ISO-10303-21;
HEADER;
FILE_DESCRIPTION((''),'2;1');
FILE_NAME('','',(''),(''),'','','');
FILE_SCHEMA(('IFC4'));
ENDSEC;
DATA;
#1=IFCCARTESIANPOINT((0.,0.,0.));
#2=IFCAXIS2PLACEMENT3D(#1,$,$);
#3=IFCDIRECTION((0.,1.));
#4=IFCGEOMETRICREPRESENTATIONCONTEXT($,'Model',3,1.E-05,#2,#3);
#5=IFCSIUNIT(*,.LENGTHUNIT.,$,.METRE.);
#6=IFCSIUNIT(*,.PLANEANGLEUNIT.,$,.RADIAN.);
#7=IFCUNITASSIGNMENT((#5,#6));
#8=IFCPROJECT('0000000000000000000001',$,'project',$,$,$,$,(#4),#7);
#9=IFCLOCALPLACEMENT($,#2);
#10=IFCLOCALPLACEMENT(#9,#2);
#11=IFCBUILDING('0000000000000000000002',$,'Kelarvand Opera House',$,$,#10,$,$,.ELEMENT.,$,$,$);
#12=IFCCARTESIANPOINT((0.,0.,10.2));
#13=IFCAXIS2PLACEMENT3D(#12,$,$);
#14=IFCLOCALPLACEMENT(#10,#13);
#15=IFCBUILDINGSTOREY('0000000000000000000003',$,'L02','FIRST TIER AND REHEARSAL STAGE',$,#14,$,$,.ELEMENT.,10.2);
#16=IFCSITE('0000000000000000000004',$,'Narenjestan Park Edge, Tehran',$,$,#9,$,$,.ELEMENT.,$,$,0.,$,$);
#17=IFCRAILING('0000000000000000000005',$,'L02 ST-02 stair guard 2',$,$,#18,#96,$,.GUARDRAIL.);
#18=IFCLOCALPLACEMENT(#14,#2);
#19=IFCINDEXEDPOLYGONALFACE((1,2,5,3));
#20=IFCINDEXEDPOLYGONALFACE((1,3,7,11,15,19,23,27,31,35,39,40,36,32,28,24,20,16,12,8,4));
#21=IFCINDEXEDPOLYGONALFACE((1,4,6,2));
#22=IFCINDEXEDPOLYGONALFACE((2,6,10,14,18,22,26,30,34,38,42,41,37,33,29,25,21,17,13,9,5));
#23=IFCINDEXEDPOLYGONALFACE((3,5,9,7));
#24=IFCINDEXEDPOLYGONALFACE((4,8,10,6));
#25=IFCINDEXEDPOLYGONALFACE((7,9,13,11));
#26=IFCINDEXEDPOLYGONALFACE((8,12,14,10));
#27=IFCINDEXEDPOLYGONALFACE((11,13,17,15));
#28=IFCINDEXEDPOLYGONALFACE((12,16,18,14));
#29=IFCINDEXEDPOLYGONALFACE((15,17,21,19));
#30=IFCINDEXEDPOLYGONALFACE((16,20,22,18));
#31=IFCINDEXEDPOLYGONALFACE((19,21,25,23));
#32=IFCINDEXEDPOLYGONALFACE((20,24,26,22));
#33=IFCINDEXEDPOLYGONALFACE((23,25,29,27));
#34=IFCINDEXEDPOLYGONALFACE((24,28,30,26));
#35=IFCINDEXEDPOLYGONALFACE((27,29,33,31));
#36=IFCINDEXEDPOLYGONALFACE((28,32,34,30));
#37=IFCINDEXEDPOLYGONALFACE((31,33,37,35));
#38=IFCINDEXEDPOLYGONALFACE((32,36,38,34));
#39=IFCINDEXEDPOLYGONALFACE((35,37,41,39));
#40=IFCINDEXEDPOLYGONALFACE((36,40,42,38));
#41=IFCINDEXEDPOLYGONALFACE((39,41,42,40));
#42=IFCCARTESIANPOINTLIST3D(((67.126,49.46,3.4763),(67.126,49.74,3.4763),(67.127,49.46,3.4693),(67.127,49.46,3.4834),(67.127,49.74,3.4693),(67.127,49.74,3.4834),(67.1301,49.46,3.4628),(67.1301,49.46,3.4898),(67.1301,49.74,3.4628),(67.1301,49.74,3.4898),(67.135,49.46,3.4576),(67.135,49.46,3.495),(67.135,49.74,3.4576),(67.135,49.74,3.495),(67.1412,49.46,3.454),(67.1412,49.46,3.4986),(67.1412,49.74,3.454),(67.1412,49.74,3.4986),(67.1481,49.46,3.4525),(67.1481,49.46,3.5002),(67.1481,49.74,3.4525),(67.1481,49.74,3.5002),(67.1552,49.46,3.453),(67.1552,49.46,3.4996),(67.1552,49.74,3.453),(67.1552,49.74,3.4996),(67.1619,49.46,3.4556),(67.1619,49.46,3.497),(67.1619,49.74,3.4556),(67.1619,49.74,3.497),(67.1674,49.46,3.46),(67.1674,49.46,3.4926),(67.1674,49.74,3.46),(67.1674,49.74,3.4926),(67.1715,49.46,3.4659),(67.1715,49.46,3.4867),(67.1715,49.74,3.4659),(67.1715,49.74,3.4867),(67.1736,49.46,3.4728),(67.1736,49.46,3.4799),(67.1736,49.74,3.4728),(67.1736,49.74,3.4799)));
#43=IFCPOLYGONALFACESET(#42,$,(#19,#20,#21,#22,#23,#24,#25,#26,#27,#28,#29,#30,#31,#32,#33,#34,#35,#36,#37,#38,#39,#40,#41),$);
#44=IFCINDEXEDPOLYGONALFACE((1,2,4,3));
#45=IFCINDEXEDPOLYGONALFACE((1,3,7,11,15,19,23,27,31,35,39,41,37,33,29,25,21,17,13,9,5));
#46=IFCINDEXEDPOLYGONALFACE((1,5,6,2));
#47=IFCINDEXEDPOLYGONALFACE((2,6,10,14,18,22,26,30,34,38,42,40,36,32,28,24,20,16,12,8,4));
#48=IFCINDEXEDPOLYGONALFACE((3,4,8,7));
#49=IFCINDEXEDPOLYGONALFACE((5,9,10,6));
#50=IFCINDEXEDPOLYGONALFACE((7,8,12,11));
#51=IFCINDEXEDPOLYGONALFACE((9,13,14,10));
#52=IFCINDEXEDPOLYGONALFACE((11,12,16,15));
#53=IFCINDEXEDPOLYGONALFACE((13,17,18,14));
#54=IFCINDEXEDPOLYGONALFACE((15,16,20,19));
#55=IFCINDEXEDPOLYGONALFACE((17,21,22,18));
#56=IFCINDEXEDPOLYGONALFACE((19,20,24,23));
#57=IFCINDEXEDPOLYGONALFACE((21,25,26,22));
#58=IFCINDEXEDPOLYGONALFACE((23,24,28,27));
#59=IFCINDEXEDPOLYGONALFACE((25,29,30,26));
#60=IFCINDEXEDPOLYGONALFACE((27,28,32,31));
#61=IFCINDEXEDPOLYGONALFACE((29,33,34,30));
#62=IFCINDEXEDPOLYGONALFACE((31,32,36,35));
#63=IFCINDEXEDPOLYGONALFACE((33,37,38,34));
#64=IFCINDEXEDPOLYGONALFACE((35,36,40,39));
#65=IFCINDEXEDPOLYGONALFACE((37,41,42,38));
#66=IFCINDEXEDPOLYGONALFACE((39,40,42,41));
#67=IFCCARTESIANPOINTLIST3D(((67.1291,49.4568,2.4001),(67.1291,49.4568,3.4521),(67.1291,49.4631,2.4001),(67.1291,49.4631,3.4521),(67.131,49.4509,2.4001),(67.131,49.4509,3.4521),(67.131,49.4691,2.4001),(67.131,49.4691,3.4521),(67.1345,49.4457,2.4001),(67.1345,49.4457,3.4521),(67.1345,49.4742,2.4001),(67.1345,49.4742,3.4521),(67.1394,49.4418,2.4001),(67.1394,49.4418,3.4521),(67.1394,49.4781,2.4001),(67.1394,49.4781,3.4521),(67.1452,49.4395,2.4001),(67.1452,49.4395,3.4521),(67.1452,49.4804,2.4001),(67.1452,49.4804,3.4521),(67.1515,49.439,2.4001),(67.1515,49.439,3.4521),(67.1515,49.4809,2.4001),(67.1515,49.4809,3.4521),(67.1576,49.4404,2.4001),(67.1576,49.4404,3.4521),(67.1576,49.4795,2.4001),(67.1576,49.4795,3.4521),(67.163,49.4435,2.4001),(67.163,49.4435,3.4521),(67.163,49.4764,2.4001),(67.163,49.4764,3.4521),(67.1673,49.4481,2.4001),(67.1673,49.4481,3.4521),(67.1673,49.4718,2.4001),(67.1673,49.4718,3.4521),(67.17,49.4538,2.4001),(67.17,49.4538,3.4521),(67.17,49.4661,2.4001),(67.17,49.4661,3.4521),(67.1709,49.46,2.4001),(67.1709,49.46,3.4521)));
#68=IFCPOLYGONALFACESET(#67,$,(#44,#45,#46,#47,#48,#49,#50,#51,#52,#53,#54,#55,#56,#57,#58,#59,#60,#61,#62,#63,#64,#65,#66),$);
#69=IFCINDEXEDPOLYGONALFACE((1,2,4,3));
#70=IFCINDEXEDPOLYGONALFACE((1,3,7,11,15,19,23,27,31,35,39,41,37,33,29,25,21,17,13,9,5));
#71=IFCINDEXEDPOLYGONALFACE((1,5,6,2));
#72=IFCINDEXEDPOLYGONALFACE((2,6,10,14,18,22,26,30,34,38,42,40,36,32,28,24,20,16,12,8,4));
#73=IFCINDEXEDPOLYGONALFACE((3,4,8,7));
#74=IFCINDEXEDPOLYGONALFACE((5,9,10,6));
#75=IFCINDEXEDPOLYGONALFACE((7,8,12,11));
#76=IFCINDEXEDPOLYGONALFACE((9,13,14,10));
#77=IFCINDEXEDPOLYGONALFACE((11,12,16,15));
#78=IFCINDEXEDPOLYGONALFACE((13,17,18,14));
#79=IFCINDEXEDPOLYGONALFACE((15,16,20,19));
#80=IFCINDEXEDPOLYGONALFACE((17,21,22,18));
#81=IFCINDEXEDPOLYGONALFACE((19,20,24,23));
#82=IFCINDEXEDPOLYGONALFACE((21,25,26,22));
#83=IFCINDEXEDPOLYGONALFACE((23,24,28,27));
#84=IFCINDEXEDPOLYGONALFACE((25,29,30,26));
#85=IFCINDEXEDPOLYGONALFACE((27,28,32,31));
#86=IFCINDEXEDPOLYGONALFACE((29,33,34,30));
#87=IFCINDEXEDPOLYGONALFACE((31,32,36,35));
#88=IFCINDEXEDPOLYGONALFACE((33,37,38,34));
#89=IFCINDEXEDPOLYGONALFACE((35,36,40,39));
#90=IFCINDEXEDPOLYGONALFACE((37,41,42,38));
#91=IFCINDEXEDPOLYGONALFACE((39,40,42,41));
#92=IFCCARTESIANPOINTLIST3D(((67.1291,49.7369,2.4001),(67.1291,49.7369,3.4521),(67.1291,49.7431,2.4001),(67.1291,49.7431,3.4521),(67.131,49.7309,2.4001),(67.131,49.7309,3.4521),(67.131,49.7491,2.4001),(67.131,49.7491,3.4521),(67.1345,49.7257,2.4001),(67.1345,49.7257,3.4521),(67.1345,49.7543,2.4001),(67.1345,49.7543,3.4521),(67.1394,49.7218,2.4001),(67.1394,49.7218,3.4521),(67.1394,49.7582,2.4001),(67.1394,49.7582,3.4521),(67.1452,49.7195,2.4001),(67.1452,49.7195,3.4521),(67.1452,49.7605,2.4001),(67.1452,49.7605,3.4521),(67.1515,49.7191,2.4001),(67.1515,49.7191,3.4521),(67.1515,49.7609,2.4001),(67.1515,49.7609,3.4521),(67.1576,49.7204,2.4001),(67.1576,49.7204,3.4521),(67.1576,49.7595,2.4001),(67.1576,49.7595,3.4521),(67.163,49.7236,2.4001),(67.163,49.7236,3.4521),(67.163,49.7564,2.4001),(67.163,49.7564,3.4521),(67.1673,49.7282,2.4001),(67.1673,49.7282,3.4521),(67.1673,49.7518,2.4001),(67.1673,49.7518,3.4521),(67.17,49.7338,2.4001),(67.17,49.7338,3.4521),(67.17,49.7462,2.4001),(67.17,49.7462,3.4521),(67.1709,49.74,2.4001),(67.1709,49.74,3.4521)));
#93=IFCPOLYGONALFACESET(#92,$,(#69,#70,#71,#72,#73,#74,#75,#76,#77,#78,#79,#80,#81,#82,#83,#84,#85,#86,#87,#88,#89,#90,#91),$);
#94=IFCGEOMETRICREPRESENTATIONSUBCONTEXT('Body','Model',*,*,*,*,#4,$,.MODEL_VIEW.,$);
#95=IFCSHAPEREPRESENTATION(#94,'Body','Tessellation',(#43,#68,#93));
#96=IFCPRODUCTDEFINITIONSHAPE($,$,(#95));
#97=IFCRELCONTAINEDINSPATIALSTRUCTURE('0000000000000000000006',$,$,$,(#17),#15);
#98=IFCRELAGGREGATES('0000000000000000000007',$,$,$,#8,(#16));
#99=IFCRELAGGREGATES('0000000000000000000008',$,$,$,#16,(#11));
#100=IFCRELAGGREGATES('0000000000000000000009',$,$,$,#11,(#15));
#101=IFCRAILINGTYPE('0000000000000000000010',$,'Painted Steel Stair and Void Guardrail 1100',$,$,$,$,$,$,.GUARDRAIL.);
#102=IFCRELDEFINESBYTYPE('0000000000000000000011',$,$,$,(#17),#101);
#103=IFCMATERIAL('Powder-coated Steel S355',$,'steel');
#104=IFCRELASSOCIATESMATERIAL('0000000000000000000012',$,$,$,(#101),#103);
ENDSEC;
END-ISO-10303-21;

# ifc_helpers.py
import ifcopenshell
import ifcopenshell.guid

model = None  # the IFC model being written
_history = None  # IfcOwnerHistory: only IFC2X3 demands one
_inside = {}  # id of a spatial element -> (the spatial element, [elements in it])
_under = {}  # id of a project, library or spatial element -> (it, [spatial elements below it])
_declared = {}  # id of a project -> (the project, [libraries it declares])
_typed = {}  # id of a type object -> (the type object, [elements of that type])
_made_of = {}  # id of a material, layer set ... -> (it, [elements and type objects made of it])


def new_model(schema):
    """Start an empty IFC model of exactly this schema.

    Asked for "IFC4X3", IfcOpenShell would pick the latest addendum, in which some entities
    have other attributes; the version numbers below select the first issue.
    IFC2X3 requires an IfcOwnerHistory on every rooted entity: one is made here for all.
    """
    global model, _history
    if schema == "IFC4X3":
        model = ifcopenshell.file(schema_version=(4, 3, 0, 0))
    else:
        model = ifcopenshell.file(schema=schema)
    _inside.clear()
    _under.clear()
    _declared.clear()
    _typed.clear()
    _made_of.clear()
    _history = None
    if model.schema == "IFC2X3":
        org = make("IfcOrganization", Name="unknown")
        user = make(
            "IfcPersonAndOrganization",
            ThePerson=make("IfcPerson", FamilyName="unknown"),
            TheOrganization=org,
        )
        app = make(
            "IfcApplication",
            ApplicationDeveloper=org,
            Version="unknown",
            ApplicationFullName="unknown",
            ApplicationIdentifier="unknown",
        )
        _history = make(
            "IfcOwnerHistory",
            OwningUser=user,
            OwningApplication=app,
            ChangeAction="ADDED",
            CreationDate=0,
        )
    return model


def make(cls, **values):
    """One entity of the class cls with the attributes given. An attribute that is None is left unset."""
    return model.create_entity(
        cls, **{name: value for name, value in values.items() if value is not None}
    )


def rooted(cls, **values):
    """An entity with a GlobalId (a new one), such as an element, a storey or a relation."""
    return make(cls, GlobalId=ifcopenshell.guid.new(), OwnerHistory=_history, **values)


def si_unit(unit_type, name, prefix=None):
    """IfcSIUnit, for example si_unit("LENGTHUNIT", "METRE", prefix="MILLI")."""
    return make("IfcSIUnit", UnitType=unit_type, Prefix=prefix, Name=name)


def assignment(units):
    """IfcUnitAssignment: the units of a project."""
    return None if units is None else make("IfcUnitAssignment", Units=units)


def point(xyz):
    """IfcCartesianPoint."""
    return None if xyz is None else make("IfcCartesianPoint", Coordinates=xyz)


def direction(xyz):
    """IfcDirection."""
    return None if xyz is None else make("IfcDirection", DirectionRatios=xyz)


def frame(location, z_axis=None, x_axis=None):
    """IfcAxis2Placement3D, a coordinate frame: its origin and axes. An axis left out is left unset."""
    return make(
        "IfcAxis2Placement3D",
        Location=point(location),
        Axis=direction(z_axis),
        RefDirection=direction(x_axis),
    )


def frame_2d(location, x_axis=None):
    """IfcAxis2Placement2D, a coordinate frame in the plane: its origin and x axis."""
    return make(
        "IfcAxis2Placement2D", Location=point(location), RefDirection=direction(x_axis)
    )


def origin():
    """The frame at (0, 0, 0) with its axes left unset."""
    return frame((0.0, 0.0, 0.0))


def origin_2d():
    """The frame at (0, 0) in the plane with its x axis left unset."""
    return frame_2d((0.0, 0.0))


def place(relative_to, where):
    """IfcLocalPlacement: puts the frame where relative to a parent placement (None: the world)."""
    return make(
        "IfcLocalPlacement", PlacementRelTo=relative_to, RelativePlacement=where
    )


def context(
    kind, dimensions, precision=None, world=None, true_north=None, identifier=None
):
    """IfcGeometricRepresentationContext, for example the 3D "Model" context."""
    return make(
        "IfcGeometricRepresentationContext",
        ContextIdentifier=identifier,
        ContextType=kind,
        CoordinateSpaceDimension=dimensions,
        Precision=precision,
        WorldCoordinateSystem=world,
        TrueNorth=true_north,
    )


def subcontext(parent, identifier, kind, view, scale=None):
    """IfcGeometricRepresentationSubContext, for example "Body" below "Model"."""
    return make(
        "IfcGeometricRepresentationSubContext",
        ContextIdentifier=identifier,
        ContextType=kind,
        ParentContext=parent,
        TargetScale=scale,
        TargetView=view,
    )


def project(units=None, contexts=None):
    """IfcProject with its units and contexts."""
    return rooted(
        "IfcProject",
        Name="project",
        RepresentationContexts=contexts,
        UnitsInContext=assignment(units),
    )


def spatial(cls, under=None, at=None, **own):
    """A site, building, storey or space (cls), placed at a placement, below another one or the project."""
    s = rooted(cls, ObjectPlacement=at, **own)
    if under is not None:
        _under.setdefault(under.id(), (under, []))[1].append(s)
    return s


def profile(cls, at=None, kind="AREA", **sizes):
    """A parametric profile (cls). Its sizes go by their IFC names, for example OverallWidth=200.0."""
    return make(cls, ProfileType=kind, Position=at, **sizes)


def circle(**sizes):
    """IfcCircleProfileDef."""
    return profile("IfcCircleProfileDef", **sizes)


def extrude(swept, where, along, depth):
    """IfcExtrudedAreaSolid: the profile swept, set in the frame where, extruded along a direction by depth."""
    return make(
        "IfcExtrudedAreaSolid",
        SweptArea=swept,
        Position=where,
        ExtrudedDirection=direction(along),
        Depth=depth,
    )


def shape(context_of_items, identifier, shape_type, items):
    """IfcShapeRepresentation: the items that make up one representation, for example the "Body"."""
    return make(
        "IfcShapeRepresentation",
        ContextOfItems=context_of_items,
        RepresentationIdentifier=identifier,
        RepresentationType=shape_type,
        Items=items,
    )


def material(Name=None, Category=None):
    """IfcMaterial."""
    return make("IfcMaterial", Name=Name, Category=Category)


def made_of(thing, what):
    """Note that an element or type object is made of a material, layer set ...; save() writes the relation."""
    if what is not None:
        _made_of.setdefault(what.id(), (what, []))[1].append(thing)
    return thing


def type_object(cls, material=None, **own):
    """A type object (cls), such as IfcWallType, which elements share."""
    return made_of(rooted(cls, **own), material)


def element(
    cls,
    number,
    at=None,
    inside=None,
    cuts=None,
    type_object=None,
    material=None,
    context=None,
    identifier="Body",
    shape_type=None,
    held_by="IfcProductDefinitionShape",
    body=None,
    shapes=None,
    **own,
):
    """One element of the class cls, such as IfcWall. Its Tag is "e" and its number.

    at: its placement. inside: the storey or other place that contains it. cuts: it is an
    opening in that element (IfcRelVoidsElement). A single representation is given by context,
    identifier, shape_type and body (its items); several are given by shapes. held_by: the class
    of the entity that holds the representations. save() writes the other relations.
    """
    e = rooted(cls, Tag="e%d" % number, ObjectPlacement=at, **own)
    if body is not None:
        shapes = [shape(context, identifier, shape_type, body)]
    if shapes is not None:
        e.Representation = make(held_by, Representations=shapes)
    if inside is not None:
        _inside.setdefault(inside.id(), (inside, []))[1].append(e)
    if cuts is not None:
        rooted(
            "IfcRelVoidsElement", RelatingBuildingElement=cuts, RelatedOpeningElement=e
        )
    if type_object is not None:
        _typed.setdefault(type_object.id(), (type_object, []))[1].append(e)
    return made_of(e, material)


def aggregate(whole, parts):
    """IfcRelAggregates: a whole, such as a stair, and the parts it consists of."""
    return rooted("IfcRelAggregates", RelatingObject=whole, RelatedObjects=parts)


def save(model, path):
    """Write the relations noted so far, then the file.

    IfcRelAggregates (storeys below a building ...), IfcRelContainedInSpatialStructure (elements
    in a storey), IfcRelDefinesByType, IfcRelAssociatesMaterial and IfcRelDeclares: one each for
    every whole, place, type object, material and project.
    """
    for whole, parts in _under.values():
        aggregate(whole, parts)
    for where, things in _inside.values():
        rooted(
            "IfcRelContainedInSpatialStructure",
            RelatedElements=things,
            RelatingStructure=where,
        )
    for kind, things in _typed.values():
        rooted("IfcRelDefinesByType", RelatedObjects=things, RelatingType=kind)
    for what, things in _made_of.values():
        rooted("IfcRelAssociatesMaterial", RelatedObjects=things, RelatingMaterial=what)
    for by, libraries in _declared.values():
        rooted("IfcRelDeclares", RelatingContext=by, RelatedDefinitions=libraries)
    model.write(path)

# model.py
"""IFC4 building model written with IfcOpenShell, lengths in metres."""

from ifc_helpers import new_model, si_unit, direction, frame, origin, origin_2d, place, context, subcontext, project, spatial, circle, extrude, material, type_object, element, save


model = new_model("IFC4")

# Units and contexts
model_context = context("Model", 3, precision=1e-05, world=origin(), true_north=direction((0.0, 1.0)))
body_context = subcontext(model_context, "Body", "Model", "MODEL_VIEW")
ifc_project = project(units=[si_unit("LENGTHUNIT", "METRE"), si_unit("PLANEANGLEUNIT", "RADIAN")], contexts=[model_context])

# Site, building, storey
site_placement = place(None, origin())
site = spatial("IfcSite", under=ifc_project, at=site_placement, Name="Narenjestan Park Edge, Tehran", CompositionType="ELEMENT", RefElevation=0.0)
building_placement = place(site_placement, origin())
building = spatial("IfcBuilding", under=site, at=building_placement, Name="Kelarvand Opera House", CompositionType="ELEMENT")
storey_placement = place(building_placement, frame((0.0, 0.0, 10.2)))
storey = spatial("IfcBuildingStorey", under=building, at=storey_placement, Name="L02", Description="FIRST TIER AND REHEARSAL STAGE", CompositionType="ELEMENT", Elevation=10.2)

# Railing
ifc_material_1 = material(Name="Powder-coated Steel S355", Category="steel")
railing_type_1 = type_object("IfcRailingType", Name="Painted Steel Stair and Void Guardrail 1100", PredefinedType="GUARDRAIL", material=ifc_material_1)
railing_1_placement = place(storey_placement, frame((67.1499, 49.46, 2.4001)))
element("IfcRailing", 1, at=railing_1_placement, inside=storey, type_object=railing_type_1, Name="L02 ST-02 stair guard 2", PredefinedType="GUARDRAIL", context=body_context, shape_type="SweptSolid", body=[
    extrude(circle(Radius=0.0239, at=origin_2d()), frame((0.0, 0.0, 1.0762), z_axis=(0.0, 1.0, 0.0), x_axis=(-1.0, 0.0, 0.0)), (0.0, 0.0, 1.0), 0.28),
    extrude(circle(Radius=0.021, at=origin_2d()), origin(), (0.0, 0.0, 1.0), 1.052),
    extrude(circle(Radius=0.021, at=origin_2d()), frame((0.0, 0.28, 0.0)), (0.0, 0.0, 1.0), 1.052),
])

save(model, "model.ifc")
